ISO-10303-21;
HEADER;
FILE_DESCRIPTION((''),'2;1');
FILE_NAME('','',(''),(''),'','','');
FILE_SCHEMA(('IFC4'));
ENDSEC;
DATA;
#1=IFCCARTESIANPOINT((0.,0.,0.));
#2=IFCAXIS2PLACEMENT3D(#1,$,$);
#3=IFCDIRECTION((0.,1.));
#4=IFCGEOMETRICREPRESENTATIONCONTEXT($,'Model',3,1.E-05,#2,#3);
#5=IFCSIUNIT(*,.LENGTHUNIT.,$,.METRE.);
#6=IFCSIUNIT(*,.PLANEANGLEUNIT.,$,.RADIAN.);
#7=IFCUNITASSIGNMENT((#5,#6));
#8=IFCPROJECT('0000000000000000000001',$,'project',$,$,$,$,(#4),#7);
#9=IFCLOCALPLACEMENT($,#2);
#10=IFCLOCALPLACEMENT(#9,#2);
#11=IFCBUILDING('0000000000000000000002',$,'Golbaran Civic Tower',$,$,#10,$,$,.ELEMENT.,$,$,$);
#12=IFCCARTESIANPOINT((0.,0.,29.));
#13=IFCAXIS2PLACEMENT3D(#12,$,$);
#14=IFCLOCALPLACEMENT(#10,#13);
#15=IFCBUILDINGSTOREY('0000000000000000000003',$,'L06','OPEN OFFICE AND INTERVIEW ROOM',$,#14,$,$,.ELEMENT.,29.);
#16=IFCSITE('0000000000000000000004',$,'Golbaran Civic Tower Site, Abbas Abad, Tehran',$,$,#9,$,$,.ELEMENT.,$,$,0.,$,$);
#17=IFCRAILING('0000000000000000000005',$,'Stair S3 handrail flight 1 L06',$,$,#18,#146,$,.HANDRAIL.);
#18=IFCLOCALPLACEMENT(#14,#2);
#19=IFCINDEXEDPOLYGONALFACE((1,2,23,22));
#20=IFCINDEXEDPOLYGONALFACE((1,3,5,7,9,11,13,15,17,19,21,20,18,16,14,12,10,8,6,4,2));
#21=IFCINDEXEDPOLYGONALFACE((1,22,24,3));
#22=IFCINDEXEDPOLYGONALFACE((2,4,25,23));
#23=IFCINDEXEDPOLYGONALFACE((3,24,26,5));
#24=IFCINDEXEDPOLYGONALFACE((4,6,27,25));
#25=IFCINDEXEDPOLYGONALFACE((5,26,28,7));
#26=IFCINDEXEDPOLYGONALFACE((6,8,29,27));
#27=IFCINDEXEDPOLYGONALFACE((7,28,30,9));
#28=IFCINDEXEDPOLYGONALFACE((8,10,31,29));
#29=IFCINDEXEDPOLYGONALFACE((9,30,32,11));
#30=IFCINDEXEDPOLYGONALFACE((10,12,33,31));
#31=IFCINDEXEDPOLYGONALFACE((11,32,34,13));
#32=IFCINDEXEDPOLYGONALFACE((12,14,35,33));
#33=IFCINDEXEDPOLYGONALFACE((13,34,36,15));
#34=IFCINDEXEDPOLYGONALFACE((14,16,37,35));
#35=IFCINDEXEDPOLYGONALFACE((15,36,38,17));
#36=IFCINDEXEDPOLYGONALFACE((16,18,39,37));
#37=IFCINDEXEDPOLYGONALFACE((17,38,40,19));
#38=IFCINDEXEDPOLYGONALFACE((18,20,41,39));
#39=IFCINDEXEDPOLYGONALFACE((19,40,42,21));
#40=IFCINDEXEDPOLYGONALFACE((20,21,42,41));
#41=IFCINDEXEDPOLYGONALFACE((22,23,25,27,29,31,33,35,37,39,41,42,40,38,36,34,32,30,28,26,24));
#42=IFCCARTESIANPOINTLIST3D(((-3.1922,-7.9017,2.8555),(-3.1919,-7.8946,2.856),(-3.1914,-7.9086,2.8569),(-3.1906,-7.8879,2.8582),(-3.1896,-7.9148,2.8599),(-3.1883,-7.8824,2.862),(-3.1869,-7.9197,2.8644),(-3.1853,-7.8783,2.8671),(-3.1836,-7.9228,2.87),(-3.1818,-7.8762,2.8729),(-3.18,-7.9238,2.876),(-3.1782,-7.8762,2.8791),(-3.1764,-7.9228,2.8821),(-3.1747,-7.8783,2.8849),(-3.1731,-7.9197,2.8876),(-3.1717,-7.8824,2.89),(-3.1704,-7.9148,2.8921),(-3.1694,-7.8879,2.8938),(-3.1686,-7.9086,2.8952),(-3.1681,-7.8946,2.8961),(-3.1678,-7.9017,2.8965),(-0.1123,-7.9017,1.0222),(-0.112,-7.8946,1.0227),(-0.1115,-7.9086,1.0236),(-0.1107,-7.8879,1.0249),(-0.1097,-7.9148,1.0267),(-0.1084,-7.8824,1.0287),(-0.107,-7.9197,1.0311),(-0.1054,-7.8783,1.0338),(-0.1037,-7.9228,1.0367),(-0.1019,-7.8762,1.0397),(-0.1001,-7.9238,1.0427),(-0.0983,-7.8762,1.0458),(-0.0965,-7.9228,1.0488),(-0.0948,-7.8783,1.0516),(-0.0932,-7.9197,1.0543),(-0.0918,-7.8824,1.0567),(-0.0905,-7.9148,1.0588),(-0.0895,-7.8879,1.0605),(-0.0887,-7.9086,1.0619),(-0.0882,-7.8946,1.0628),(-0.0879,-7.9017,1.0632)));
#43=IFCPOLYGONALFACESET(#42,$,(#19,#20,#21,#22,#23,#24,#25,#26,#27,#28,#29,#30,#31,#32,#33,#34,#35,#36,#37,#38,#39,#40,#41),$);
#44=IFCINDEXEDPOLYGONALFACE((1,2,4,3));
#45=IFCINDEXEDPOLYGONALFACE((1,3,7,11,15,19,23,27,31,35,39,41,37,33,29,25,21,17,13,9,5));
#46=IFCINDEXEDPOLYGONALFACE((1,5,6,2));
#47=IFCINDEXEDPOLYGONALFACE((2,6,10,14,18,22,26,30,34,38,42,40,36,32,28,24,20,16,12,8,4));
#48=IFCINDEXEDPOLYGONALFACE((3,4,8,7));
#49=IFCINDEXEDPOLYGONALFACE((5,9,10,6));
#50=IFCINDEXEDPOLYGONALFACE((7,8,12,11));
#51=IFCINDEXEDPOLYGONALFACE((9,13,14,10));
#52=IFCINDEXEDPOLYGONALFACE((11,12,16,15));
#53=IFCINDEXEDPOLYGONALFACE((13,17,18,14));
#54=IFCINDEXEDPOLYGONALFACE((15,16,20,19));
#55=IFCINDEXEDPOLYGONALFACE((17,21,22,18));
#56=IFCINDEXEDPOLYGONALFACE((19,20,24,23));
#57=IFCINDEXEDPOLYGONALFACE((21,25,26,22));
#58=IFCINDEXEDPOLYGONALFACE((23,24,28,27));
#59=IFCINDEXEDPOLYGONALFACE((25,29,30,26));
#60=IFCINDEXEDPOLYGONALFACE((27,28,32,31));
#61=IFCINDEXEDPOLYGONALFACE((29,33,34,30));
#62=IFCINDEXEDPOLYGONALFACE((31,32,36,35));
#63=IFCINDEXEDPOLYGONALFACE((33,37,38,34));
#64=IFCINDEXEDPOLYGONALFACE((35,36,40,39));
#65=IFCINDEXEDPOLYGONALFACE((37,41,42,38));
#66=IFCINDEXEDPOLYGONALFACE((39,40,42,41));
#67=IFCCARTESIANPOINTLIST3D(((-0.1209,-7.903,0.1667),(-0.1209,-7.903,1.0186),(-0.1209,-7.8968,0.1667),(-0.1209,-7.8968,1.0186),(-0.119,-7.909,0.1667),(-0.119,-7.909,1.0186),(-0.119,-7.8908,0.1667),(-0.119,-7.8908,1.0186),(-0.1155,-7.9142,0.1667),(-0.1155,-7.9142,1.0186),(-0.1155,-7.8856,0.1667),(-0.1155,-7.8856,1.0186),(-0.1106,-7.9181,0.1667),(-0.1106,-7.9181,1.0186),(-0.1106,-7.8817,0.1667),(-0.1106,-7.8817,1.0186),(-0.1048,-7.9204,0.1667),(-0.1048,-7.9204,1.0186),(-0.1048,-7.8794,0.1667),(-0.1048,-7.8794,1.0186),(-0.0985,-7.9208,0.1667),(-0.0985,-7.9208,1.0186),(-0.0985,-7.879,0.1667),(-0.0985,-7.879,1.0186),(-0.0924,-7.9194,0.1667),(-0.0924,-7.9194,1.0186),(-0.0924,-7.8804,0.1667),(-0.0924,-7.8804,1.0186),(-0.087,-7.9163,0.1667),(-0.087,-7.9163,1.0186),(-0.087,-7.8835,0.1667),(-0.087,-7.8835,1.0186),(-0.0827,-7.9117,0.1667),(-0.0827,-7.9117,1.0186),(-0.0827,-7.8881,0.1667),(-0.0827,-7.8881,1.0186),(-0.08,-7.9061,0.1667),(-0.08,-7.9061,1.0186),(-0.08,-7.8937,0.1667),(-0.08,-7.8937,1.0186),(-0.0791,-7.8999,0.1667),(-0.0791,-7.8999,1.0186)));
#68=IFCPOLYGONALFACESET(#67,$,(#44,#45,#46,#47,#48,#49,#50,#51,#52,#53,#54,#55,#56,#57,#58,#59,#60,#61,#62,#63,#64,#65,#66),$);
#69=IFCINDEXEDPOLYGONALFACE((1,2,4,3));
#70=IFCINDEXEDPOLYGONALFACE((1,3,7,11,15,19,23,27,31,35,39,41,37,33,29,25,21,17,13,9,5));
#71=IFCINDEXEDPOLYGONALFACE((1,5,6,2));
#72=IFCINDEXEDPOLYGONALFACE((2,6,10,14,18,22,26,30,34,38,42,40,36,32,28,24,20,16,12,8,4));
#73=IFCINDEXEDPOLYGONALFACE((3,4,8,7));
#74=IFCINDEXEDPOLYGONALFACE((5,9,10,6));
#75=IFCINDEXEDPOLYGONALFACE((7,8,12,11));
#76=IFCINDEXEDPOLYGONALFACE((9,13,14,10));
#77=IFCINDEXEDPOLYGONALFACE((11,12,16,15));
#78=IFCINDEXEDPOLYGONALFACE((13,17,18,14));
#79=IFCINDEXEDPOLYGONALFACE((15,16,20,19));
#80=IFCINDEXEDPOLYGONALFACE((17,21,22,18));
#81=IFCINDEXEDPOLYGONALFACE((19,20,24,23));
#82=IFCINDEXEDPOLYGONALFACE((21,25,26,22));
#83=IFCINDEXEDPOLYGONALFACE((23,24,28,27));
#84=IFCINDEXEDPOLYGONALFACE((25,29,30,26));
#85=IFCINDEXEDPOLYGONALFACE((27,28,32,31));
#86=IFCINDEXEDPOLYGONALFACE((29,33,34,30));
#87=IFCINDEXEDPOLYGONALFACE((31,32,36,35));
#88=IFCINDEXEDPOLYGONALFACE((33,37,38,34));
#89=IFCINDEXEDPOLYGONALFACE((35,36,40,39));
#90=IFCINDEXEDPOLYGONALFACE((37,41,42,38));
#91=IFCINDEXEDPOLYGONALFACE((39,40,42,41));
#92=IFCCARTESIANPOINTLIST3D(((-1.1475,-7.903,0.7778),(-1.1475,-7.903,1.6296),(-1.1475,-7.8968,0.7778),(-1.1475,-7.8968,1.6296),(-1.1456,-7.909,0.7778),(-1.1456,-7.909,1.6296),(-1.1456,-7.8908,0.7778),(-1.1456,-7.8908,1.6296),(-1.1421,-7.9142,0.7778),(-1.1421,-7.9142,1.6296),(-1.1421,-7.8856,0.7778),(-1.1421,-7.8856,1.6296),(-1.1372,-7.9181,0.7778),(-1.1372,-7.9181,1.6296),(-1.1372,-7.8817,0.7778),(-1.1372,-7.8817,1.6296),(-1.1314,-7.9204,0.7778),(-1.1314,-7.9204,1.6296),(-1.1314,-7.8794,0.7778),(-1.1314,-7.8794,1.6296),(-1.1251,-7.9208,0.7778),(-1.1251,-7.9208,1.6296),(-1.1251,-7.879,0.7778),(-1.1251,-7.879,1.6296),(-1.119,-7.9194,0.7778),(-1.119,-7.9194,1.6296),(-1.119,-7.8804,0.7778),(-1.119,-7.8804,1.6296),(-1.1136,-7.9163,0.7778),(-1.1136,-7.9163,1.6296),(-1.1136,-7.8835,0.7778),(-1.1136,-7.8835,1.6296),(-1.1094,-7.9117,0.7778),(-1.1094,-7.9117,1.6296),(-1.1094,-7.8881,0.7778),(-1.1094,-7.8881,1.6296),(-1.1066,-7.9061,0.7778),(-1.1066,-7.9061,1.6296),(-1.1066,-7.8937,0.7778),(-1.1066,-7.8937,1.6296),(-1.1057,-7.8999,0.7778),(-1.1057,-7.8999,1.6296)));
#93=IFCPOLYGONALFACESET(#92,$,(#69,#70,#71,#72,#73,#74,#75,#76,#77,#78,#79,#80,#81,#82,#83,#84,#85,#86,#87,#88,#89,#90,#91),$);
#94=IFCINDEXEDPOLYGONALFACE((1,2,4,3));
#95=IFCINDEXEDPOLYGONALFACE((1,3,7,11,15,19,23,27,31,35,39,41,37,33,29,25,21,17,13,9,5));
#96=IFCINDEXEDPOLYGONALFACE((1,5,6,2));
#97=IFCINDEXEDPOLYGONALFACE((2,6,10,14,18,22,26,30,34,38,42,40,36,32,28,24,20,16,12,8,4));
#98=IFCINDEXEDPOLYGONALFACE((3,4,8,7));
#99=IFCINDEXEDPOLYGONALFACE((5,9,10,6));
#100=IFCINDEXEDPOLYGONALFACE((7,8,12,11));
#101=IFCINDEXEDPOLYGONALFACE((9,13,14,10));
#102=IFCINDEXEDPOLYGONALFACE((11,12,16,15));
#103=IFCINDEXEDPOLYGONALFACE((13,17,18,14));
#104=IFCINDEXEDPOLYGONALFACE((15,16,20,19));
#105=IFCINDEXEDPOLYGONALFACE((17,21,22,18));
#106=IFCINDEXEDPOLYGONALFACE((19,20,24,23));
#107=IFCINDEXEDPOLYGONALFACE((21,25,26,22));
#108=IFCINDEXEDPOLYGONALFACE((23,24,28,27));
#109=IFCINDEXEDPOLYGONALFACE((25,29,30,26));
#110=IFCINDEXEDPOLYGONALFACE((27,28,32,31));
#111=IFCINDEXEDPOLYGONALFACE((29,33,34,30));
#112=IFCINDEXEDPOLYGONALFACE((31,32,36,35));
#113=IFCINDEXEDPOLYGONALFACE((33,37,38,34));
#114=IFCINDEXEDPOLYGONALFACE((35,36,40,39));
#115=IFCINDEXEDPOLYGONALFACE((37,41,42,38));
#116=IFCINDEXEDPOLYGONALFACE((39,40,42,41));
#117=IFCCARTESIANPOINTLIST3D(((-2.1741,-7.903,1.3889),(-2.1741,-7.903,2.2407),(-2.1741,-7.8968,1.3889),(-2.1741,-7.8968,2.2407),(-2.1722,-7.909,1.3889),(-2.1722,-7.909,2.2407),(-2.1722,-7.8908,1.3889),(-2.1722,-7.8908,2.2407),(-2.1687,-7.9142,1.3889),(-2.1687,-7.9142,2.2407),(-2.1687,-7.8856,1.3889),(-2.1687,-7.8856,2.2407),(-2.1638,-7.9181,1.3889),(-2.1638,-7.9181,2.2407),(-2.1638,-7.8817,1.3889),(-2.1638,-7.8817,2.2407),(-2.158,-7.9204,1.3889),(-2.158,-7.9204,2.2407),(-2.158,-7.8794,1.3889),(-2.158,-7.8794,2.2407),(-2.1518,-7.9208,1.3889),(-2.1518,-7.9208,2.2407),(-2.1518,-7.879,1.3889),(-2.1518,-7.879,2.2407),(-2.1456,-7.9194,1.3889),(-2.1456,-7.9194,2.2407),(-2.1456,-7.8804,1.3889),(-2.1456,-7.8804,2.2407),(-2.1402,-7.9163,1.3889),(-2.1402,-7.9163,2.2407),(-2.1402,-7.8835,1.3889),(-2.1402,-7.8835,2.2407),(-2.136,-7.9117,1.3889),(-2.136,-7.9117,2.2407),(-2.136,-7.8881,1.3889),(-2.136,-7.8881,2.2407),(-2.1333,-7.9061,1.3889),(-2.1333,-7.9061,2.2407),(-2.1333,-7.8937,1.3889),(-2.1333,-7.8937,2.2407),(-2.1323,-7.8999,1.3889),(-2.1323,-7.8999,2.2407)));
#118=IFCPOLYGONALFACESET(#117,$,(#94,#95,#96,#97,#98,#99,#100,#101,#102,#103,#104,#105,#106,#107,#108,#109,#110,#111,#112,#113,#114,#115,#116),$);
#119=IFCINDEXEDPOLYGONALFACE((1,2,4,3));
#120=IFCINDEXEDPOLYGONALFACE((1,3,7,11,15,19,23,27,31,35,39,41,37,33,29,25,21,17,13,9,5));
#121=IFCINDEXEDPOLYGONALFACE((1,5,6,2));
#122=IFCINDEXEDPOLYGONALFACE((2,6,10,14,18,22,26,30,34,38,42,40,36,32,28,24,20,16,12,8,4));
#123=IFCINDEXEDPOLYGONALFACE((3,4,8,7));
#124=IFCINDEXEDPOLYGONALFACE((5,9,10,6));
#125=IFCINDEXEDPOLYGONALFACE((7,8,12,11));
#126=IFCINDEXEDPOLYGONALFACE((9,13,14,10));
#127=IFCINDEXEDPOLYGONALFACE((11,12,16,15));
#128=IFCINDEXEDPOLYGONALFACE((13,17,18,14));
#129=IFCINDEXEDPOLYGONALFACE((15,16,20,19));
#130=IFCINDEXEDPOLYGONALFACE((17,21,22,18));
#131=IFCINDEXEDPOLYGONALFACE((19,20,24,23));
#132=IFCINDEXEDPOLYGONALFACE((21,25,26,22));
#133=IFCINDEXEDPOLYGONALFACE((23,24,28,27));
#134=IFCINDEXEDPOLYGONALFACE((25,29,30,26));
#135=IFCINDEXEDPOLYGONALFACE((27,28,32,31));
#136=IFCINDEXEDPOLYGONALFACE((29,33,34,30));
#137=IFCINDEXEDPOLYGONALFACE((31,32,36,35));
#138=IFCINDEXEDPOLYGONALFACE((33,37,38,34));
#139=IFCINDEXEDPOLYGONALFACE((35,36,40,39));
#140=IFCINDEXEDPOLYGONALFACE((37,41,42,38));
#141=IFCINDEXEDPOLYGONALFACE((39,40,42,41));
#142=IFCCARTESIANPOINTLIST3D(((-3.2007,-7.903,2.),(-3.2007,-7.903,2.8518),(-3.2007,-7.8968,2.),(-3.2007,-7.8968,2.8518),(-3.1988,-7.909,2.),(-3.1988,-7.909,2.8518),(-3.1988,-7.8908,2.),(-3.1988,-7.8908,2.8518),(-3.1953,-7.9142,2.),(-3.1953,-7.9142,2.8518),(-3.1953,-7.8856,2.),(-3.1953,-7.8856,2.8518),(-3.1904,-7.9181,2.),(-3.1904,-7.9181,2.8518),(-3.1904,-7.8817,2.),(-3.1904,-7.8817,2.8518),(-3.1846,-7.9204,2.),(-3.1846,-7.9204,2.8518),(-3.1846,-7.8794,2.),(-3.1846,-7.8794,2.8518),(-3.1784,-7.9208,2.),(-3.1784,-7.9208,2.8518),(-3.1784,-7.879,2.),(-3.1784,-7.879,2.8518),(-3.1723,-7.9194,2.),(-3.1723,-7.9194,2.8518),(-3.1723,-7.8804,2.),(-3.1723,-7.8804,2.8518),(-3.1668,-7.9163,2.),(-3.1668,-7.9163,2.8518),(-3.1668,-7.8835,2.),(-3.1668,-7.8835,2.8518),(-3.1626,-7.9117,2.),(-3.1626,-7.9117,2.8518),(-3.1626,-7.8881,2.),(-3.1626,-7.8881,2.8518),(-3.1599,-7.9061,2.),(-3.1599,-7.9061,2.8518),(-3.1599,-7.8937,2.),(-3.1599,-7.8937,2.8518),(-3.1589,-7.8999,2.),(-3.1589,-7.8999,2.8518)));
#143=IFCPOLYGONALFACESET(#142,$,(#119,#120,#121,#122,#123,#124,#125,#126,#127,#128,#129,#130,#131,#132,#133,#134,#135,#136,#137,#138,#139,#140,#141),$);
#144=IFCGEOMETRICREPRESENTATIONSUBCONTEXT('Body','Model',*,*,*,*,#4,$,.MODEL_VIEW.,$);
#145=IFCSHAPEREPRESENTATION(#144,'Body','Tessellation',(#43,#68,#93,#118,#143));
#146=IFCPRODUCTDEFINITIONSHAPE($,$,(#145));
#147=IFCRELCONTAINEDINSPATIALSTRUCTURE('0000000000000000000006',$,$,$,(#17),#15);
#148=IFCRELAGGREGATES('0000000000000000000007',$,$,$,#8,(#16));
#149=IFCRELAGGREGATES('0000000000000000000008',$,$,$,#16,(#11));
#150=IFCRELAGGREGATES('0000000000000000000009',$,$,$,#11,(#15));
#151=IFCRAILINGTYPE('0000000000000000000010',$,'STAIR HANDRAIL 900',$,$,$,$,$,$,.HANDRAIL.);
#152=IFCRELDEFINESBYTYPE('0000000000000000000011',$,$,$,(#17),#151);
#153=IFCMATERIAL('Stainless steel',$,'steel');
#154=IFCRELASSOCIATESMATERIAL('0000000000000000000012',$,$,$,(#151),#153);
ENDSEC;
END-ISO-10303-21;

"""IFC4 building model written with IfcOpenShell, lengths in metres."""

from ifc_helpers import new_model, si_unit, direction, frame, origin, origin_2d, place, context, subcontext, project, spatial, circle, extrude, material, type_object, element, save


model = new_model("IFC4")

# Units and contexts
model_context = context("Model", 3, precision=1e-05, world=origin(), true_north=direction((0.0, 1.0)))
body_context = subcontext(model_context, "Body", "Model", "MODEL_VIEW")
ifc_project = project(units=[si_unit("LENGTHUNIT", "METRE"), si_unit("PLANEANGLEUNIT", "RADIAN")], contexts=[model_context])

# Site, building, storey
site_placement = place(None, origin())
site = spatial("IfcSite", under=ifc_project, at=site_placement, Name="Golbaran Civic Tower Site, Abbas Abad, Tehran", CompositionType="ELEMENT", RefElevation=0.0)
building_placement = place(site_placement, origin())
building = spatial("IfcBuilding", under=site, at=building_placement, Name="Golbaran Civic Tower", CompositionType="ELEMENT")
storey_placement = place(building_placement, frame((0.0, 0.0, 29.0)))
storey = spatial("IfcBuildingStorey", under=building, at=storey_placement, Name="L06", Description="OPEN OFFICE AND INTERVIEW ROOM", CompositionType="ELEMENT", Elevation=29.0)

# Shared definitions
ifc_material_1 = material(Name="Stainless steel", Category="steel")

# Railing
railing_type = type_object("IfcRailingType", Name="STAIR HANDRAIL 900", PredefinedType="HANDRAIL", material=ifc_material_1)
railing_1_placement = place(storey_placement, frame((-0.1001, -7.8999, 0.1667)))
element("IfcRailing", 1, at=railing_1_placement, inside=storey, type_object=railing_type, Name="Stair S3 handrail flight 1 L06", PredefinedType="HANDRAIL", context=body_context, shape_type="SweptSolid", body=[
    extrude(circle(Radius=0.0239, at=origin_2d()), frame((0.0, 0.0, 0.876), z_axis=(-0.859291, 0.0, 0.511487), x_axis=(0.0, -1.0, 0.0)), (0.0, 0.0, 1.0), 3.5842),
    extrude(circle(Radius=0.021, at=origin_2d()), origin(), (0.0, 0.0, 1.0), 0.8518),
    extrude(circle(Radius=0.021, at=origin_2d()), frame((-1.0266, 0.0, 0.6111)), (0.0, 0.0, 1.0), 0.8518),
    extrude(circle(Radius=0.021, at=origin_2d()), frame((-2.0532, 0.0, 1.2222)), (0.0, 0.0, 1.0), 0.8518),
    extrude(circle(Radius=0.021, at=origin_2d()), frame((-3.0798, 0.0, 1.8333)), (0.0, 0.0, 1.0), 0.8518),
])

save(model, "model.ifc")
